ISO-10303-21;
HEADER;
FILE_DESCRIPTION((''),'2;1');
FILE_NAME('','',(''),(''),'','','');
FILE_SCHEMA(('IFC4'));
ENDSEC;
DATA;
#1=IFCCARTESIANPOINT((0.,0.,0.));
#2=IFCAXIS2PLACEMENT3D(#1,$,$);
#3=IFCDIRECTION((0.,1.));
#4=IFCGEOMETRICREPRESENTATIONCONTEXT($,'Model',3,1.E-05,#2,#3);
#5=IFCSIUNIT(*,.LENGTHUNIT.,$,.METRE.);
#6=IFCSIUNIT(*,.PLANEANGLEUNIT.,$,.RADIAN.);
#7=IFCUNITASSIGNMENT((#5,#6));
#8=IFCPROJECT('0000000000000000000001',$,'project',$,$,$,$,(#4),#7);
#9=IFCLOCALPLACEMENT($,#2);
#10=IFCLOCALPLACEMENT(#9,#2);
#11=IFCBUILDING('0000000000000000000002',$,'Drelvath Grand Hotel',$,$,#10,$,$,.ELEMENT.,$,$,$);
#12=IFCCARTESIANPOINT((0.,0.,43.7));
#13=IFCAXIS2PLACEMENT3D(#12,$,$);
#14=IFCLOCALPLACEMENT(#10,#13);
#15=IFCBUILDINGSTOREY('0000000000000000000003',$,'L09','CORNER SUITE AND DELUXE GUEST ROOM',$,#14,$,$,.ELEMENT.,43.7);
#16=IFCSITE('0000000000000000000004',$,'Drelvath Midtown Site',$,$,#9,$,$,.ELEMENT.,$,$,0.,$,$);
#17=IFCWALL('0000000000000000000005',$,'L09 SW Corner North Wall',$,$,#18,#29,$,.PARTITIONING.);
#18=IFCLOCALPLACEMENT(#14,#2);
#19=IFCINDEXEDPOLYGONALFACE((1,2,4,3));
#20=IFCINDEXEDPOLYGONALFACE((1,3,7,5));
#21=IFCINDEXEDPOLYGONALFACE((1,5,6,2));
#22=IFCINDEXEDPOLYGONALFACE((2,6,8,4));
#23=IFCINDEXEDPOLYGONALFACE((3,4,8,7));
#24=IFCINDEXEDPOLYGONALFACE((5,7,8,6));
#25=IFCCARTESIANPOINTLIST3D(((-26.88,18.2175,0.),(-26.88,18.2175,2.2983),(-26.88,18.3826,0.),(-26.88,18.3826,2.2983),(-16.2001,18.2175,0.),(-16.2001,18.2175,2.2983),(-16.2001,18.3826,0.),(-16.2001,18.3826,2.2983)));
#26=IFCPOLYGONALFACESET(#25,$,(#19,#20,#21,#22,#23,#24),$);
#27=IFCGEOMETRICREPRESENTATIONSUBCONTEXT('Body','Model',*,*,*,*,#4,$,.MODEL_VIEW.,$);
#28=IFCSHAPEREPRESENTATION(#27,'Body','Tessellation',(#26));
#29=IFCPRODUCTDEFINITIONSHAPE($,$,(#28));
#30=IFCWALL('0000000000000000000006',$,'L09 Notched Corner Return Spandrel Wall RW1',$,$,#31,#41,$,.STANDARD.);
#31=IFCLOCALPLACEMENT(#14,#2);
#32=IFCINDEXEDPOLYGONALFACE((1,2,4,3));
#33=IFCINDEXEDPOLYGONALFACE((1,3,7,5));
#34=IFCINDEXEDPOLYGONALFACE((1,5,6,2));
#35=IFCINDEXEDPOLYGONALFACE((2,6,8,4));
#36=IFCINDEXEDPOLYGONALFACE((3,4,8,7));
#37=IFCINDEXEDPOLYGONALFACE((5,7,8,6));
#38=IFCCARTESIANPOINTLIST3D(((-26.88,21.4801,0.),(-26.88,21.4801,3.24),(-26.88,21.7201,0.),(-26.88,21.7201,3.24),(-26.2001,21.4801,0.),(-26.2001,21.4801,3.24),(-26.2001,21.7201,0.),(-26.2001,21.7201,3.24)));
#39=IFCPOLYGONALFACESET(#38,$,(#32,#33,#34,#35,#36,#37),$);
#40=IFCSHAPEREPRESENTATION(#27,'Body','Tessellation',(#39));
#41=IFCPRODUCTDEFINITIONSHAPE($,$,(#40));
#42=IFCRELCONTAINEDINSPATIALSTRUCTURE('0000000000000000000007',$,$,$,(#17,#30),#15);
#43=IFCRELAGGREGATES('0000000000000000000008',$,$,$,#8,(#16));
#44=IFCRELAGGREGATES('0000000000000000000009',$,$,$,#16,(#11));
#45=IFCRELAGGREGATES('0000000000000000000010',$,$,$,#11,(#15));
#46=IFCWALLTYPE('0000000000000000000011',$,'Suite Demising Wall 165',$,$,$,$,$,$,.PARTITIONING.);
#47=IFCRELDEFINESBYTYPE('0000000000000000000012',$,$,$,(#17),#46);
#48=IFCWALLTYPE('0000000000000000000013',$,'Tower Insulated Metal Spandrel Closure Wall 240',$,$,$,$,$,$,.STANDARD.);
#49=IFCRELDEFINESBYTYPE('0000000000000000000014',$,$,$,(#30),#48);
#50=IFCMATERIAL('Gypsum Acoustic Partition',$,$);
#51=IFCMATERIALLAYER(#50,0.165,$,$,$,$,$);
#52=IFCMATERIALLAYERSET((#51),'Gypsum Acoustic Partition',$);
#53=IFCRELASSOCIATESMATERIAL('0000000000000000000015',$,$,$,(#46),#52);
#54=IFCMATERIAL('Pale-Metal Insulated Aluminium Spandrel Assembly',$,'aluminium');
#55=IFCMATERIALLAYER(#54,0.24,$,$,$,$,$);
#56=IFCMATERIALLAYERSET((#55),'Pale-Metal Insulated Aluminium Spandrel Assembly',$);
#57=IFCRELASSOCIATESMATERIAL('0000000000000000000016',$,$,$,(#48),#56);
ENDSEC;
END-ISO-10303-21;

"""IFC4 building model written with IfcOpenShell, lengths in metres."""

from ifc_helpers import new_model, si_unit, direction, frame, frame_2d, origin, place, context, subcontext, project, spatial, rectangle, extrude, material, layer, layer_set, type_object, element, save


model = new_model("IFC4")

# Units and contexts
model_context = context("Model", 3, precision=1e-05, world=origin(), true_north=direction((0.0, 1.0)))
body_context = subcontext(model_context, "Body", "Model", "MODEL_VIEW")
ifc_project = project(units=[si_unit("LENGTHUNIT", "METRE"), si_unit("PLANEANGLEUNIT", "RADIAN")], contexts=[model_context])

# Site, building, storey
site_placement = place(None, origin())
site = spatial("IfcSite", under=ifc_project, at=site_placement, Name="Drelvath Midtown Site", CompositionType="ELEMENT", RefElevation=0.0)
building_placement = place(site_placement, origin())
building = spatial("IfcBuilding", under=site, at=building_placement, Name="Drelvath Grand Hotel", CompositionType="ELEMENT")
storey_placement = place(building_placement, frame((0.0, 0.0, 43.7)))
storey = spatial("IfcBuildingStorey", under=building, at=storey_placement, Name="L09", Description="CORNER SUITE AND DELUXE GUEST ROOM", CompositionType="ELEMENT", Elevation=43.7)

# Walls
ifc_material_1 = material(Name="Gypsum Acoustic Partition")
ifc_layer_1 = layer(ifc_material_1, 0.165)
ifc_layer_set_1 = layer_set([ifc_layer_1], Name="Gypsum Acoustic Partition")
wall_type_1 = type_object("IfcWallType", Name="Suite Demising Wall 165", PredefinedType="PARTITIONING", material=ifc_layer_set_1)
wall_1_placement = place(storey_placement, frame((-26.8799, 18.3, 0.0), z_axis=(0.0, 0.0, 1.0), x_axis=(1.0, 0.0, 0.0)))
element("IfcWall", 1, at=wall_1_placement, inside=storey, type_object=wall_type_1, Name="L09 SW Corner North Wall", PredefinedType="PARTITIONING", context=body_context, shape_type="SweptSolid", body=[
    extrude(rectangle(XDim=10.6799, YDim=0.165, at=frame_2d((5.3398, 0.0))), origin(), (0.0, 0.0, 1.0), 2.2983),
])
ifc_material_2 = material(Name="Pale-Metal Insulated Aluminium Spandrel Assembly", Category="aluminium")
ifc_layer_2 = layer(ifc_material_2, 0.24)
ifc_layer_set_2 = layer_set([ifc_layer_2], Name="Pale-Metal Insulated Aluminium Spandrel Assembly")
wall_type_2 = type_object("IfcWallType", Name="Tower Insulated Metal Spandrel Closure Wall 240", PredefinedType="STANDARD", material=ifc_layer_set_2)
wall_2_placement = place(storey_placement, frame((-26.8799, 21.6001, 0.0), z_axis=(0.0, 0.0, 1.0), x_axis=(1.0, 0.0, 0.0)))
element("IfcWall", 2, at=wall_2_placement, inside=storey, type_object=wall_type_2, Name="L09 Notched Corner Return Spandrel Wall RW1", PredefinedType="STANDARD", context=body_context, shape_type="SweptSolid", body=[
    extrude(rectangle(XDim=0.6799, YDim=0.24, at=frame_2d((0.3398, 0.0))), origin(), (0.0, 0.0, 1.0), 3.24),
])

save(model, "model.ifc")
